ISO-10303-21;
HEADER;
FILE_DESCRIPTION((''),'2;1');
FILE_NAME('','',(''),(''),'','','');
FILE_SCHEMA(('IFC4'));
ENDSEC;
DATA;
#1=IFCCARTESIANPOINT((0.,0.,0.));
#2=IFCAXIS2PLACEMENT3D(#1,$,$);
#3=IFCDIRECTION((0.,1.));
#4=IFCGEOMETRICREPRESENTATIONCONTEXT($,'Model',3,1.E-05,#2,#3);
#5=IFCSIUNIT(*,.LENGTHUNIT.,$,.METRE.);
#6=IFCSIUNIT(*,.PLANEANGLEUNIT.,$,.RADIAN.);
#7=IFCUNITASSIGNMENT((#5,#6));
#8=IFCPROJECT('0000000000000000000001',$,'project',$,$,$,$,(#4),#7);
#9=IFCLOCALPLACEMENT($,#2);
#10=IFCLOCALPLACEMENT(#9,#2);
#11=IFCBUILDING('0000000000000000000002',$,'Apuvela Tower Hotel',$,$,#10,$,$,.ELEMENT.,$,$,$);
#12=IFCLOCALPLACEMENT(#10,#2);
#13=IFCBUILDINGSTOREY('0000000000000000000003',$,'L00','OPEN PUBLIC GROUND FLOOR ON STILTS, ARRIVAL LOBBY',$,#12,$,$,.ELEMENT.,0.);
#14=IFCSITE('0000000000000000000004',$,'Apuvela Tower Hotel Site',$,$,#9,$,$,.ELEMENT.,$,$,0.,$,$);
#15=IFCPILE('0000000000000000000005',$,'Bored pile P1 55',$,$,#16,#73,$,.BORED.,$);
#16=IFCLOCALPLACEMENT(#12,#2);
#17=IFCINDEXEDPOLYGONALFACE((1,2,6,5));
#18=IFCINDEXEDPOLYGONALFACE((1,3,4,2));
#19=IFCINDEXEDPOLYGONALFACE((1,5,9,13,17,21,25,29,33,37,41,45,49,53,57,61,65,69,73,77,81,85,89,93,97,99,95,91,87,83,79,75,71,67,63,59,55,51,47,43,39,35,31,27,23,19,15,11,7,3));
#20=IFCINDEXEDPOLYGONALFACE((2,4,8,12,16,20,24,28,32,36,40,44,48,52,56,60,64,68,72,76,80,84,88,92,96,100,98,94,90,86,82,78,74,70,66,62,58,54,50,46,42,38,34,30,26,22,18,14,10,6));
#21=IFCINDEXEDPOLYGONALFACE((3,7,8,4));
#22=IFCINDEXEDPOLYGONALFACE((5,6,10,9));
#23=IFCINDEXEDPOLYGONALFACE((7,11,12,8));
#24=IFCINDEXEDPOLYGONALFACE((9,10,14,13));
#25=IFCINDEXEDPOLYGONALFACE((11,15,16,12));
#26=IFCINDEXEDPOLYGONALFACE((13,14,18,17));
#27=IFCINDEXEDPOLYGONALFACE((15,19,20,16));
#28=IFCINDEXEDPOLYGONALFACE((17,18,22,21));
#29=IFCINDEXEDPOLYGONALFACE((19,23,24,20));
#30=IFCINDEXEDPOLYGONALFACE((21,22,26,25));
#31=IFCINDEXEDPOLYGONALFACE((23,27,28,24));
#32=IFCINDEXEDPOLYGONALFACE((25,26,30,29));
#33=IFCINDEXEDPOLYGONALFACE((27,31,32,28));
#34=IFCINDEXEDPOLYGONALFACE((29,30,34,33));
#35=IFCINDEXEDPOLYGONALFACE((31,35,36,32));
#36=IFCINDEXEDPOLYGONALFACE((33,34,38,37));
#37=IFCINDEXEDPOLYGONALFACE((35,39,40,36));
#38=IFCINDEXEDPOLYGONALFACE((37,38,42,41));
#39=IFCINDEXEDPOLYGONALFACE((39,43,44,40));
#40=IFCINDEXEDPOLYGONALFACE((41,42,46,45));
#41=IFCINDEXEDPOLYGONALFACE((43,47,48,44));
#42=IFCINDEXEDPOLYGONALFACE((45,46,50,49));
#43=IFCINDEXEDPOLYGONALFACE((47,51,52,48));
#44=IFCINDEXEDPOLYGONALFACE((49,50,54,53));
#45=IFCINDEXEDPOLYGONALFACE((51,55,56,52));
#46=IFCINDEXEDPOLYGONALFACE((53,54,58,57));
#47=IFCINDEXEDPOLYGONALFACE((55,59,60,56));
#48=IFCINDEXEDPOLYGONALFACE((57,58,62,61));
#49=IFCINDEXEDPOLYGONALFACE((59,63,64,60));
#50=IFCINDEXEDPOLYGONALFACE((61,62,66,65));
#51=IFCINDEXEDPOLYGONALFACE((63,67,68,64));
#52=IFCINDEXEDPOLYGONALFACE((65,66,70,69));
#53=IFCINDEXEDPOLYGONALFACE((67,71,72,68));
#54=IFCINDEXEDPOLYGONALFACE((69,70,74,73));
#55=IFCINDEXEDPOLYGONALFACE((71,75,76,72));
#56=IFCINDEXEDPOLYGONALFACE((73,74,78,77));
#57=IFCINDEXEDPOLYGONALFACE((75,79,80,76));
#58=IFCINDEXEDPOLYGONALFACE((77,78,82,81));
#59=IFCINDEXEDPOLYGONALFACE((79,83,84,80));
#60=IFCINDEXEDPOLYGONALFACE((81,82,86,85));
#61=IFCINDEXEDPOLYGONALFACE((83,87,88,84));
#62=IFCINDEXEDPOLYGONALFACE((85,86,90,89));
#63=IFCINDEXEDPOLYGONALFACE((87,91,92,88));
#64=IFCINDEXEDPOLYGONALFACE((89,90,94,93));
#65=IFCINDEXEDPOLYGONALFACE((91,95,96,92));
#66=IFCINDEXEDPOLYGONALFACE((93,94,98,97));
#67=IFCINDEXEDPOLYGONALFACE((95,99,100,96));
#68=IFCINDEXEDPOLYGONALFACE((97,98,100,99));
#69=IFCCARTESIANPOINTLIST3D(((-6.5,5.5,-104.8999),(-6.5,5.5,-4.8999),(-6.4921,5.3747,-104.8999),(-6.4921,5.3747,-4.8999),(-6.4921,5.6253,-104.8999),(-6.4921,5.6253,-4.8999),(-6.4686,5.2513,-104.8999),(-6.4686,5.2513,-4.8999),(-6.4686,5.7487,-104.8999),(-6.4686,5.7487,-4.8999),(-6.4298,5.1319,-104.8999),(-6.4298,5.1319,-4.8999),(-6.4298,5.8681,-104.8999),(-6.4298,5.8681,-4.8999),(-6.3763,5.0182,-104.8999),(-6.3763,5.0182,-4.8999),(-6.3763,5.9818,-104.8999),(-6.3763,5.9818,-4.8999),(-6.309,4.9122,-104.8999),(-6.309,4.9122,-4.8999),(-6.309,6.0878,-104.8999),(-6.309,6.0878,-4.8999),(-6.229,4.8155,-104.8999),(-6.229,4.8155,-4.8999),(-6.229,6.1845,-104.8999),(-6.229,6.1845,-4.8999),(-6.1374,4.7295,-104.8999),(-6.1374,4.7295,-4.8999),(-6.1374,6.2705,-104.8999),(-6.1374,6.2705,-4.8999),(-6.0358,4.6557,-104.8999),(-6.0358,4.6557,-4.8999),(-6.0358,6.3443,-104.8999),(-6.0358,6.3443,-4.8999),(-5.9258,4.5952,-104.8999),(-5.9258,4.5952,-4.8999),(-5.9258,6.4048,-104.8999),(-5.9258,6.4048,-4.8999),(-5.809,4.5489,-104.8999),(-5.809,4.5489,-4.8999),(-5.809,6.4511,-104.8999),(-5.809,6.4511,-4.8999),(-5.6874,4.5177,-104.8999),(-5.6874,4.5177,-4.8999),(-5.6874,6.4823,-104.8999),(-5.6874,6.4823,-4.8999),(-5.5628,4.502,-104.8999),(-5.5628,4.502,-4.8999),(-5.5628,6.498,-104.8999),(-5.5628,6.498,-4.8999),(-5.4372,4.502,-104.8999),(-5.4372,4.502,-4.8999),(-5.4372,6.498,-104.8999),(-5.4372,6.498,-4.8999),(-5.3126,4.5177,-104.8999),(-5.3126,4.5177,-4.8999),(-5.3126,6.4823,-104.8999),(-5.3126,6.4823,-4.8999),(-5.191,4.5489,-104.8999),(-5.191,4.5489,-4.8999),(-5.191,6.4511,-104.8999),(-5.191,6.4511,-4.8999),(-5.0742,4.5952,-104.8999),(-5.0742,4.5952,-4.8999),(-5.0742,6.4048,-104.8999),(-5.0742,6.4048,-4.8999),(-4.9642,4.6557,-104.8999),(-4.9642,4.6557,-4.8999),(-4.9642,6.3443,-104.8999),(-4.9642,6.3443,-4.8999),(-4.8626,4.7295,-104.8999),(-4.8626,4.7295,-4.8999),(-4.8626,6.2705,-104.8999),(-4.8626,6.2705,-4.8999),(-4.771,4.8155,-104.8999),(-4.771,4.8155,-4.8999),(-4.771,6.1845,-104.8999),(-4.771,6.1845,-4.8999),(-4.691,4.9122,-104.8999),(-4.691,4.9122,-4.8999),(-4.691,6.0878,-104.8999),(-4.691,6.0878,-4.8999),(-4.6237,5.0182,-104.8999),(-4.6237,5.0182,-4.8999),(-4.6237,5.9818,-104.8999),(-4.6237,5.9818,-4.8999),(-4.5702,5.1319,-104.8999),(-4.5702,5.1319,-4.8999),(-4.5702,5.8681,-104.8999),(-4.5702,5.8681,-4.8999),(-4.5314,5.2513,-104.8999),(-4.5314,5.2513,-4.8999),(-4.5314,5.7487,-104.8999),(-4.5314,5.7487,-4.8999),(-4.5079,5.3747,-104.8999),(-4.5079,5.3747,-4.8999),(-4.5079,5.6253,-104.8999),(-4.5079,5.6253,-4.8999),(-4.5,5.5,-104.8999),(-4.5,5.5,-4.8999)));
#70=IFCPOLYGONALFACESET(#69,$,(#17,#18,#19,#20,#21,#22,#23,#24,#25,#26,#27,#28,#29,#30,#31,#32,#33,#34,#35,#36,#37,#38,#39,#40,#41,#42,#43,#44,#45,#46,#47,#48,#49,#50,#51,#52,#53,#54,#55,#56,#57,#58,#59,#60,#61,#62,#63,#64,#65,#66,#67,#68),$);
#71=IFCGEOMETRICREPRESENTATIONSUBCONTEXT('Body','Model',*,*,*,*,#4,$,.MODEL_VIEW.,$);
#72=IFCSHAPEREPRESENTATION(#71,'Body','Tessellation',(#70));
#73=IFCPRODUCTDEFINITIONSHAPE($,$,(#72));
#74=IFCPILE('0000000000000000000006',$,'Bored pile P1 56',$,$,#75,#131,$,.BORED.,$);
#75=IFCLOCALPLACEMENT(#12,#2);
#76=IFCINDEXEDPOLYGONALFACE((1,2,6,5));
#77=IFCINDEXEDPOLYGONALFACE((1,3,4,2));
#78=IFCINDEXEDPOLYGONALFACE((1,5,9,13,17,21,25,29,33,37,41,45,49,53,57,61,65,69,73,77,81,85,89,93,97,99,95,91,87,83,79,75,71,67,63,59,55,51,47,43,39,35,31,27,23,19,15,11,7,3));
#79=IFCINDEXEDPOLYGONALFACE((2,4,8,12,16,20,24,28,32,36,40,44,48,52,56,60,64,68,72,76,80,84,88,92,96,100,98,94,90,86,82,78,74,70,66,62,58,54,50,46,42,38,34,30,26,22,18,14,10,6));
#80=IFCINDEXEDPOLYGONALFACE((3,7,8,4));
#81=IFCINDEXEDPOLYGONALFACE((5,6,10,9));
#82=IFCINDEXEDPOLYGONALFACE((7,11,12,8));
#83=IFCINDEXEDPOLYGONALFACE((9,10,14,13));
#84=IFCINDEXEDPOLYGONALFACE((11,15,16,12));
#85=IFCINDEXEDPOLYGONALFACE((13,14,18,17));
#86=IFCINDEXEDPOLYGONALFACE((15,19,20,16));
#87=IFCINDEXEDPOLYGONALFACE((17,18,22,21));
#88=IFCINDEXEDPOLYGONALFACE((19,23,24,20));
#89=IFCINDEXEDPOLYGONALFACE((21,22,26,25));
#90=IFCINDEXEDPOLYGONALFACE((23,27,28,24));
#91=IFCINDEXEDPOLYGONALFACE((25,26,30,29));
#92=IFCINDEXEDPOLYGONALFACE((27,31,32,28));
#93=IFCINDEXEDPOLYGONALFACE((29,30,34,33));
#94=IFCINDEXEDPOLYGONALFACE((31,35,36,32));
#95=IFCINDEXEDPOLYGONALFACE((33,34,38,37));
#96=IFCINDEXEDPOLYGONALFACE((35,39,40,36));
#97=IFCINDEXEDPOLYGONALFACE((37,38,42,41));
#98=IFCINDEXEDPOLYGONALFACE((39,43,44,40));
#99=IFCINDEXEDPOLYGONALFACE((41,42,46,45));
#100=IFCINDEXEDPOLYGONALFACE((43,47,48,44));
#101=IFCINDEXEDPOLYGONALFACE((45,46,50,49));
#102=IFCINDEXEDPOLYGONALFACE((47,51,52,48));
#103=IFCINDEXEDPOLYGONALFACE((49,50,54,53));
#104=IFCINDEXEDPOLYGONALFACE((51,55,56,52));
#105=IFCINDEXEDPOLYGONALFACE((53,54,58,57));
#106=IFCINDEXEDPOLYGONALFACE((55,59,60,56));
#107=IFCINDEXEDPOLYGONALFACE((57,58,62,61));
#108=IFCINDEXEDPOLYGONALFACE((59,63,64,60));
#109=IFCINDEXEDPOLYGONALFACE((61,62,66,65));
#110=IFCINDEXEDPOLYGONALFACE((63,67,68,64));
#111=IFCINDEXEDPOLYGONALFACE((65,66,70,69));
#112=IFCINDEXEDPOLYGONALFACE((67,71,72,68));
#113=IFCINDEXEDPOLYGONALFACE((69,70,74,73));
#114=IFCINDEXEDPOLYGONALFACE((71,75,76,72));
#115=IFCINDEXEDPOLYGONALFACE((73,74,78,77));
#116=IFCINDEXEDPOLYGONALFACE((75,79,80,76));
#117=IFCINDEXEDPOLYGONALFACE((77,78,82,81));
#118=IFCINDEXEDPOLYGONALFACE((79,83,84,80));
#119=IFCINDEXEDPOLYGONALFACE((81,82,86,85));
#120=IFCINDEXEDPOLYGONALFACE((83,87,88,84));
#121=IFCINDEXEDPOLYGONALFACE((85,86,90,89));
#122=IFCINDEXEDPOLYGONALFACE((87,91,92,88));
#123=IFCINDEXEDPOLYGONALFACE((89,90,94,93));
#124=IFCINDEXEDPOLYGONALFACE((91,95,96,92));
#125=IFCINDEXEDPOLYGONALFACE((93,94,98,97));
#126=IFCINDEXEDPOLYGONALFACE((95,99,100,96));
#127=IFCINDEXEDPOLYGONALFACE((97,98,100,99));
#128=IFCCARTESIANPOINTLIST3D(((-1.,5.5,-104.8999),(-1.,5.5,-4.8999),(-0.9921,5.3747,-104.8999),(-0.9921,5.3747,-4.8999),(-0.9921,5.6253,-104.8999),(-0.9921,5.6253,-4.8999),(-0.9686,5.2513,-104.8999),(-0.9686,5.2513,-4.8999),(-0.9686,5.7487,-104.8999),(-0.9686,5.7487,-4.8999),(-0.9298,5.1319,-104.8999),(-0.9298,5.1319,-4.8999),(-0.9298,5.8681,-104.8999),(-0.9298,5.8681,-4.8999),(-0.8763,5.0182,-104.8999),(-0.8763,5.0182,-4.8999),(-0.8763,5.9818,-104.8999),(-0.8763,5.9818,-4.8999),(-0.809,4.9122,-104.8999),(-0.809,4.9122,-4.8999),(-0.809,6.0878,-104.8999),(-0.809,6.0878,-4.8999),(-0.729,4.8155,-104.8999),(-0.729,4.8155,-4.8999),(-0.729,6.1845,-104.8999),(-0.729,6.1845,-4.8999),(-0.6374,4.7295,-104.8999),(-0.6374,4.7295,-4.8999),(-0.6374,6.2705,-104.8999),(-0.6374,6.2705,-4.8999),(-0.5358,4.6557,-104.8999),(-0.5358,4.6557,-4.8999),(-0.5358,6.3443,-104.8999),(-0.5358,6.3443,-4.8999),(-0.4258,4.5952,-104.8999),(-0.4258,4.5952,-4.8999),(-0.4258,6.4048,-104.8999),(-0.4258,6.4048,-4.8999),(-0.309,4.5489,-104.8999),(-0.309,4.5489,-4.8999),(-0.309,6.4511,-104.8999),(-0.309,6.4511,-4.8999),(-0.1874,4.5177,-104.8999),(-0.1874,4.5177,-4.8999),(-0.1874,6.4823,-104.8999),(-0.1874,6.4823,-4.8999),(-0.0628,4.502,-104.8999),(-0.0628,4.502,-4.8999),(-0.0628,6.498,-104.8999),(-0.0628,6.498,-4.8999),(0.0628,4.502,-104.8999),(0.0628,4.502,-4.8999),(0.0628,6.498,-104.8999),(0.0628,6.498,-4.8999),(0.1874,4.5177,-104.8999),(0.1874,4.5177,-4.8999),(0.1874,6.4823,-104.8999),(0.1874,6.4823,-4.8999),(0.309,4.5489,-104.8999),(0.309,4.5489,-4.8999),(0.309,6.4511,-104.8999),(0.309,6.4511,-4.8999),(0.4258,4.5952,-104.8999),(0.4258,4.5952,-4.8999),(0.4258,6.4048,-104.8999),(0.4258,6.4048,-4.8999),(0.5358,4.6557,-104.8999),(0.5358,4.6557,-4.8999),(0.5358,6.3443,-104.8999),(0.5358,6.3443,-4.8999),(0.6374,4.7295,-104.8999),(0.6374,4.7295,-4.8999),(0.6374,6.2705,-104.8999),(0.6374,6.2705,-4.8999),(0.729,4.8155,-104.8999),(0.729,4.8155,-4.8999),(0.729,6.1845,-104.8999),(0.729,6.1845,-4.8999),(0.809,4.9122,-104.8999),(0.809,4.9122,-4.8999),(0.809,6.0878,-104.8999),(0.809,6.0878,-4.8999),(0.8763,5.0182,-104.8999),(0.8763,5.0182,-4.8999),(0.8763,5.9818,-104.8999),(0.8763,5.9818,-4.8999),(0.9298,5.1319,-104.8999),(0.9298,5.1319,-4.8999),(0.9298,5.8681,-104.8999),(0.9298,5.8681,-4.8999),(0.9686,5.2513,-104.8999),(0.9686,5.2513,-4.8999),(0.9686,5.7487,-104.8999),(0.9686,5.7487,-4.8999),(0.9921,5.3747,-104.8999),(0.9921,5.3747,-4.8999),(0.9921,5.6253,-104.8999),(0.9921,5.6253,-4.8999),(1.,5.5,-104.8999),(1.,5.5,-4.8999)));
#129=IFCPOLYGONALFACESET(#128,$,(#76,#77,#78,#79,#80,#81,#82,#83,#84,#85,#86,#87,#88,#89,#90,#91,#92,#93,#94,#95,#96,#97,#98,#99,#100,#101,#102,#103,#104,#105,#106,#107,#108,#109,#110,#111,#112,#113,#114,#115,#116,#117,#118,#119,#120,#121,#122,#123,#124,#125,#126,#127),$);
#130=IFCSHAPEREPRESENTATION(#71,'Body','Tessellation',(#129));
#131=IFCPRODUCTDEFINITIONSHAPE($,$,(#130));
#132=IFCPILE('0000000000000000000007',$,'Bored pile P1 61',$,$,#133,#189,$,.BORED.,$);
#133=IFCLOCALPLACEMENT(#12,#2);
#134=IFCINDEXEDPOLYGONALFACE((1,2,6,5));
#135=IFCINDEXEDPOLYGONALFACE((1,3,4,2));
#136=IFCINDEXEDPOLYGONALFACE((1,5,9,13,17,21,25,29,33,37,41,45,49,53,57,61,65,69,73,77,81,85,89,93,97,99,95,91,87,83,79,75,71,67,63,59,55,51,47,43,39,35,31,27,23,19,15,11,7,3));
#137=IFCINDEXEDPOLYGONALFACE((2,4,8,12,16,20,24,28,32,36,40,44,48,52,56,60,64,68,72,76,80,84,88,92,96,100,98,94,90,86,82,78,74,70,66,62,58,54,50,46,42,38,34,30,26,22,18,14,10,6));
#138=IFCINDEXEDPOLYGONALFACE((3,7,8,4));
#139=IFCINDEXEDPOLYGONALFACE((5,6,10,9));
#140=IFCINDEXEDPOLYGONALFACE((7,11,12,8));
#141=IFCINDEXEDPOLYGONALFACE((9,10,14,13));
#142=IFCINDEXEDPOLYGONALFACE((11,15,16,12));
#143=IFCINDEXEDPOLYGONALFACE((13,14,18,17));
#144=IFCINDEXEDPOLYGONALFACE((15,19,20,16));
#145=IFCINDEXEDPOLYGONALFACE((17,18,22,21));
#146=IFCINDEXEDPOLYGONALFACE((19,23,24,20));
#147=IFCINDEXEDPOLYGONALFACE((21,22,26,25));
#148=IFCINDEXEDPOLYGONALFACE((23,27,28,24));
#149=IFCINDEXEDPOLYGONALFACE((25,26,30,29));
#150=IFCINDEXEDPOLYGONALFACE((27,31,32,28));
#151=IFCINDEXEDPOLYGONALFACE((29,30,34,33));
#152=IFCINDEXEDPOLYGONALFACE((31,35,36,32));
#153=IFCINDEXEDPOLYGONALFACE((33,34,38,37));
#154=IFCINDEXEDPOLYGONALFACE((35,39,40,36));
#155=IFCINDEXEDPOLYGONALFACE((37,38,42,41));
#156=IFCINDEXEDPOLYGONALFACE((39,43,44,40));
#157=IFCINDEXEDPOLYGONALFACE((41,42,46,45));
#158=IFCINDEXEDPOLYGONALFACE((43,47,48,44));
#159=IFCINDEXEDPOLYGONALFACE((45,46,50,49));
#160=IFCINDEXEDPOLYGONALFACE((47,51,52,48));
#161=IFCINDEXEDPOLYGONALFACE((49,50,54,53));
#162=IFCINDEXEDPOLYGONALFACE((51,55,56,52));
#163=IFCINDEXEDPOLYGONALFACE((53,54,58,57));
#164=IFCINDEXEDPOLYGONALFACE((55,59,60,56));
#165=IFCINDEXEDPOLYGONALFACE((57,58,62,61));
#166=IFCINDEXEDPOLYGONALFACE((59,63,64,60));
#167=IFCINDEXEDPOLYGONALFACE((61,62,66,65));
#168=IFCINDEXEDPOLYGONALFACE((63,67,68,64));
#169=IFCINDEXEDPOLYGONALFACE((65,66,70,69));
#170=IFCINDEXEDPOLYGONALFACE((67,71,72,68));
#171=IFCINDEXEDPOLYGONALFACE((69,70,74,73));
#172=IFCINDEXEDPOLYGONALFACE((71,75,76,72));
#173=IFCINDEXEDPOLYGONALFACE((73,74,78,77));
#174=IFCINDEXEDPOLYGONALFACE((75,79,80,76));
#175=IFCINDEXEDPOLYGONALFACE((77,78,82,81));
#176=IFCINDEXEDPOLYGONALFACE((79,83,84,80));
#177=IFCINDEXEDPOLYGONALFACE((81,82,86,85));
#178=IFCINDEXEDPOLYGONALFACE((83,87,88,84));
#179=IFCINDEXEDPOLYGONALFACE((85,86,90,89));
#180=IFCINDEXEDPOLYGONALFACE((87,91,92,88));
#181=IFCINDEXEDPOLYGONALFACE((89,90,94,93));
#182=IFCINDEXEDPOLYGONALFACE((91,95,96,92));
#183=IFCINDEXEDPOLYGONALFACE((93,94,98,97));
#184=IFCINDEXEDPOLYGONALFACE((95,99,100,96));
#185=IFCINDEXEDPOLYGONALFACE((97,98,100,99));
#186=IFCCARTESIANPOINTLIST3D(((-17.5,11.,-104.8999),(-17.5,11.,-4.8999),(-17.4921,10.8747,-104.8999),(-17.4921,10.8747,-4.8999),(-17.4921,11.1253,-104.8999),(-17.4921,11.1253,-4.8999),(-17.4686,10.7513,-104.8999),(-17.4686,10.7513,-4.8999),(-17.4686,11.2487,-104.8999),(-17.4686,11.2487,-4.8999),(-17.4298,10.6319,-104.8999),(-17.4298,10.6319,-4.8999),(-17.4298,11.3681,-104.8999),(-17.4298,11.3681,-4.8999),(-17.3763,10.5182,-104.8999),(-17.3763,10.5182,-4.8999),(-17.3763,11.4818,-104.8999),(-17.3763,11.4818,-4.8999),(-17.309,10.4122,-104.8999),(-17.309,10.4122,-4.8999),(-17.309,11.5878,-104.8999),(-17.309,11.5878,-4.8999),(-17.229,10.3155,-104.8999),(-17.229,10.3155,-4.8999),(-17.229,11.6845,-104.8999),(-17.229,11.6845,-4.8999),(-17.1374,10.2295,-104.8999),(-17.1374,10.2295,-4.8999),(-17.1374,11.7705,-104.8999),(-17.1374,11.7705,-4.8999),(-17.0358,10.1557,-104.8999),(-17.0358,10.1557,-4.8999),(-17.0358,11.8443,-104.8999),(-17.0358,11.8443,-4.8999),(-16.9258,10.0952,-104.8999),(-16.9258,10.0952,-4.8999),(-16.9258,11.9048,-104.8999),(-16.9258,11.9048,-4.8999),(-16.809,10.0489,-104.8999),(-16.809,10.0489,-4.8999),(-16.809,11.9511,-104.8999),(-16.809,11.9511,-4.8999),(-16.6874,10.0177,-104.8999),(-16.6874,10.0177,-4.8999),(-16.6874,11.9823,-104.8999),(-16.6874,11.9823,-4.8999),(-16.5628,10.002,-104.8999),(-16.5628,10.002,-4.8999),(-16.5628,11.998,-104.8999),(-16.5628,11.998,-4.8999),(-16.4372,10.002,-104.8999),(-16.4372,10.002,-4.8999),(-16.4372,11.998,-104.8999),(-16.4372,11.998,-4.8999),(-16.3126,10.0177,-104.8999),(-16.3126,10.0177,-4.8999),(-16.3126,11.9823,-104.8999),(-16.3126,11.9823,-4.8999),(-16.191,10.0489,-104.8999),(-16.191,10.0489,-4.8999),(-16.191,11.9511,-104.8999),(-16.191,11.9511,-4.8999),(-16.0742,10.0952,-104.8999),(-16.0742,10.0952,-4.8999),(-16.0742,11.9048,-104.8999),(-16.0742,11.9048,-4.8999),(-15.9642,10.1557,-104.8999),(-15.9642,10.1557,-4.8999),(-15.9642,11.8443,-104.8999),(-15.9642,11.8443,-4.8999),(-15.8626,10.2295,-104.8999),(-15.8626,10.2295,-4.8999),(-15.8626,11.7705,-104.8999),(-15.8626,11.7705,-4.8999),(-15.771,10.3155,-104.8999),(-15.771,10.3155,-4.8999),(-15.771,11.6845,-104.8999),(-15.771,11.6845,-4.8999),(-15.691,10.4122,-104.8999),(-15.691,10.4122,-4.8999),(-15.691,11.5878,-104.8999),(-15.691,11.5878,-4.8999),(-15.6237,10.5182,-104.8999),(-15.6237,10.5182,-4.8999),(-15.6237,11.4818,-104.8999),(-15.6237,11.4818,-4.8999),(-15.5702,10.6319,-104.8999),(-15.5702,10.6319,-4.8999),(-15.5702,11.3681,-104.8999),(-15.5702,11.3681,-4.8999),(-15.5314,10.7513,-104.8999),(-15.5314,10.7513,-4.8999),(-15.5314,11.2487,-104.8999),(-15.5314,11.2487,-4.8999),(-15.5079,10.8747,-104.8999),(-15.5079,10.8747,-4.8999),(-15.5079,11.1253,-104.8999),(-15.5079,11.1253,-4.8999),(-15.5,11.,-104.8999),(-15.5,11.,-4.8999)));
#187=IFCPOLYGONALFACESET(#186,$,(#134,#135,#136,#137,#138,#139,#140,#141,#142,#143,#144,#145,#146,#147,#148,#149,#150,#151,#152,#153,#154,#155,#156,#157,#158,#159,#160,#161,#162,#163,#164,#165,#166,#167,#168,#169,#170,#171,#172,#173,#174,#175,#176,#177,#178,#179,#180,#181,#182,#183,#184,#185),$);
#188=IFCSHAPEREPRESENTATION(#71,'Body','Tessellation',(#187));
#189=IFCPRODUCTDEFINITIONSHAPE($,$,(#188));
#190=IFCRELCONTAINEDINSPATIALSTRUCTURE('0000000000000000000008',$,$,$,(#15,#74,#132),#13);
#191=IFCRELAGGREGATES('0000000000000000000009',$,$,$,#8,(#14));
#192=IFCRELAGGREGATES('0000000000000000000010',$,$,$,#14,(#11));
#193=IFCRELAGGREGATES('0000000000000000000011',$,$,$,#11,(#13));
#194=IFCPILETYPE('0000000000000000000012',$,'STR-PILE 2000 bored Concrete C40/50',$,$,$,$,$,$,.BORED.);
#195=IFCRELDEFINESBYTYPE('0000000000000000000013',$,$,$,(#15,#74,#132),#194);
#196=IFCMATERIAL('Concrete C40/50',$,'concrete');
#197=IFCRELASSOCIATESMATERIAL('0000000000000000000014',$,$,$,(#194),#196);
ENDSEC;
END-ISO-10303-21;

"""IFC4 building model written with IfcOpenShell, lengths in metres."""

from ifc_helpers import new_model, si_unit, direction, frame, origin, origin_2d, place, context, subcontext, project, spatial, circle, extrude, material, material_profile, profile_set, type_object, element, save


model = new_model("IFC4")

# Units and contexts
model_context = context("Model", 3, precision=1e-05, world=origin(), true_north=direction((0.0, 1.0)))
body_context = subcontext(model_context, "Body", "Model", "MODEL_VIEW")
ifc_project = project(units=[si_unit("LENGTHUNIT", "METRE"), si_unit("PLANEANGLEUNIT", "RADIAN")], contexts=[model_context])

# Site, building, storey
site_placement = place(None, origin())
site = spatial("IfcSite", under=ifc_project, at=site_placement, Name="Apuvela Tower Hotel Site", CompositionType="ELEMENT", RefElevation=0.0)
building_placement = place(site_placement, origin())
building = spatial("IfcBuilding", under=site, at=building_placement, Name="Apuvela Tower Hotel", CompositionType="ELEMENT")
storey_placement = place(building_placement, origin())
storey = spatial("IfcBuildingStorey", under=building, at=storey_placement, Name="L00", Description="OPEN PUBLIC GROUND FLOOR ON STILTS, ARRIVAL LOBBY", CompositionType="ELEMENT", Elevation=0.0)

# Piles
ifc_material_1 = material(Name="Concrete C40/50", Category="concrete")
ifc_material_profile_1 = material_profile(ifc_material_1, circle(Radius=1.0, at=origin_2d()), Name="PILE 2000")
ifc_profile_set_1 = profile_set([ifc_material_profile_1], Name="Concrete C40/50")
pile_type = type_object("IfcPileType", Name="STR-PILE 2000 bored Concrete C40/50", PredefinedType="BORED", material=ifc_profile_set_1)
for number, where, z_axis, x_axis, name in (
    (1, (-5.5, 5.5, -4.8999), (0.0, 0.0, -1.0), (1.0, 0.0, 0.0), "Bored pile P1 55"),
    (2, (0.0, 5.5, -4.8999), (0.0, 0.0, -1.0), (1.0, 0.0, 0.0), "Bored pile P1 56"),
    (3, (-16.5, 11.0, -4.8999), (0.0, 0.0, -1.0), (1.0, 0.0, 0.0), "Bored pile P1 61"),
):
    element("IfcPile", number, at=place(storey_placement, frame(where, z_axis=z_axis, x_axis=x_axis)), inside=storey, type_object=pile_type, Name=name, PredefinedType="BORED", context=body_context, shape_type="SweptSolid", body=[
        extrude(circle(Radius=1.0, at=origin_2d()), origin(), (0.0, 0.0, 1.0), 100.0),
    ])

save(model, "model.ifc")
